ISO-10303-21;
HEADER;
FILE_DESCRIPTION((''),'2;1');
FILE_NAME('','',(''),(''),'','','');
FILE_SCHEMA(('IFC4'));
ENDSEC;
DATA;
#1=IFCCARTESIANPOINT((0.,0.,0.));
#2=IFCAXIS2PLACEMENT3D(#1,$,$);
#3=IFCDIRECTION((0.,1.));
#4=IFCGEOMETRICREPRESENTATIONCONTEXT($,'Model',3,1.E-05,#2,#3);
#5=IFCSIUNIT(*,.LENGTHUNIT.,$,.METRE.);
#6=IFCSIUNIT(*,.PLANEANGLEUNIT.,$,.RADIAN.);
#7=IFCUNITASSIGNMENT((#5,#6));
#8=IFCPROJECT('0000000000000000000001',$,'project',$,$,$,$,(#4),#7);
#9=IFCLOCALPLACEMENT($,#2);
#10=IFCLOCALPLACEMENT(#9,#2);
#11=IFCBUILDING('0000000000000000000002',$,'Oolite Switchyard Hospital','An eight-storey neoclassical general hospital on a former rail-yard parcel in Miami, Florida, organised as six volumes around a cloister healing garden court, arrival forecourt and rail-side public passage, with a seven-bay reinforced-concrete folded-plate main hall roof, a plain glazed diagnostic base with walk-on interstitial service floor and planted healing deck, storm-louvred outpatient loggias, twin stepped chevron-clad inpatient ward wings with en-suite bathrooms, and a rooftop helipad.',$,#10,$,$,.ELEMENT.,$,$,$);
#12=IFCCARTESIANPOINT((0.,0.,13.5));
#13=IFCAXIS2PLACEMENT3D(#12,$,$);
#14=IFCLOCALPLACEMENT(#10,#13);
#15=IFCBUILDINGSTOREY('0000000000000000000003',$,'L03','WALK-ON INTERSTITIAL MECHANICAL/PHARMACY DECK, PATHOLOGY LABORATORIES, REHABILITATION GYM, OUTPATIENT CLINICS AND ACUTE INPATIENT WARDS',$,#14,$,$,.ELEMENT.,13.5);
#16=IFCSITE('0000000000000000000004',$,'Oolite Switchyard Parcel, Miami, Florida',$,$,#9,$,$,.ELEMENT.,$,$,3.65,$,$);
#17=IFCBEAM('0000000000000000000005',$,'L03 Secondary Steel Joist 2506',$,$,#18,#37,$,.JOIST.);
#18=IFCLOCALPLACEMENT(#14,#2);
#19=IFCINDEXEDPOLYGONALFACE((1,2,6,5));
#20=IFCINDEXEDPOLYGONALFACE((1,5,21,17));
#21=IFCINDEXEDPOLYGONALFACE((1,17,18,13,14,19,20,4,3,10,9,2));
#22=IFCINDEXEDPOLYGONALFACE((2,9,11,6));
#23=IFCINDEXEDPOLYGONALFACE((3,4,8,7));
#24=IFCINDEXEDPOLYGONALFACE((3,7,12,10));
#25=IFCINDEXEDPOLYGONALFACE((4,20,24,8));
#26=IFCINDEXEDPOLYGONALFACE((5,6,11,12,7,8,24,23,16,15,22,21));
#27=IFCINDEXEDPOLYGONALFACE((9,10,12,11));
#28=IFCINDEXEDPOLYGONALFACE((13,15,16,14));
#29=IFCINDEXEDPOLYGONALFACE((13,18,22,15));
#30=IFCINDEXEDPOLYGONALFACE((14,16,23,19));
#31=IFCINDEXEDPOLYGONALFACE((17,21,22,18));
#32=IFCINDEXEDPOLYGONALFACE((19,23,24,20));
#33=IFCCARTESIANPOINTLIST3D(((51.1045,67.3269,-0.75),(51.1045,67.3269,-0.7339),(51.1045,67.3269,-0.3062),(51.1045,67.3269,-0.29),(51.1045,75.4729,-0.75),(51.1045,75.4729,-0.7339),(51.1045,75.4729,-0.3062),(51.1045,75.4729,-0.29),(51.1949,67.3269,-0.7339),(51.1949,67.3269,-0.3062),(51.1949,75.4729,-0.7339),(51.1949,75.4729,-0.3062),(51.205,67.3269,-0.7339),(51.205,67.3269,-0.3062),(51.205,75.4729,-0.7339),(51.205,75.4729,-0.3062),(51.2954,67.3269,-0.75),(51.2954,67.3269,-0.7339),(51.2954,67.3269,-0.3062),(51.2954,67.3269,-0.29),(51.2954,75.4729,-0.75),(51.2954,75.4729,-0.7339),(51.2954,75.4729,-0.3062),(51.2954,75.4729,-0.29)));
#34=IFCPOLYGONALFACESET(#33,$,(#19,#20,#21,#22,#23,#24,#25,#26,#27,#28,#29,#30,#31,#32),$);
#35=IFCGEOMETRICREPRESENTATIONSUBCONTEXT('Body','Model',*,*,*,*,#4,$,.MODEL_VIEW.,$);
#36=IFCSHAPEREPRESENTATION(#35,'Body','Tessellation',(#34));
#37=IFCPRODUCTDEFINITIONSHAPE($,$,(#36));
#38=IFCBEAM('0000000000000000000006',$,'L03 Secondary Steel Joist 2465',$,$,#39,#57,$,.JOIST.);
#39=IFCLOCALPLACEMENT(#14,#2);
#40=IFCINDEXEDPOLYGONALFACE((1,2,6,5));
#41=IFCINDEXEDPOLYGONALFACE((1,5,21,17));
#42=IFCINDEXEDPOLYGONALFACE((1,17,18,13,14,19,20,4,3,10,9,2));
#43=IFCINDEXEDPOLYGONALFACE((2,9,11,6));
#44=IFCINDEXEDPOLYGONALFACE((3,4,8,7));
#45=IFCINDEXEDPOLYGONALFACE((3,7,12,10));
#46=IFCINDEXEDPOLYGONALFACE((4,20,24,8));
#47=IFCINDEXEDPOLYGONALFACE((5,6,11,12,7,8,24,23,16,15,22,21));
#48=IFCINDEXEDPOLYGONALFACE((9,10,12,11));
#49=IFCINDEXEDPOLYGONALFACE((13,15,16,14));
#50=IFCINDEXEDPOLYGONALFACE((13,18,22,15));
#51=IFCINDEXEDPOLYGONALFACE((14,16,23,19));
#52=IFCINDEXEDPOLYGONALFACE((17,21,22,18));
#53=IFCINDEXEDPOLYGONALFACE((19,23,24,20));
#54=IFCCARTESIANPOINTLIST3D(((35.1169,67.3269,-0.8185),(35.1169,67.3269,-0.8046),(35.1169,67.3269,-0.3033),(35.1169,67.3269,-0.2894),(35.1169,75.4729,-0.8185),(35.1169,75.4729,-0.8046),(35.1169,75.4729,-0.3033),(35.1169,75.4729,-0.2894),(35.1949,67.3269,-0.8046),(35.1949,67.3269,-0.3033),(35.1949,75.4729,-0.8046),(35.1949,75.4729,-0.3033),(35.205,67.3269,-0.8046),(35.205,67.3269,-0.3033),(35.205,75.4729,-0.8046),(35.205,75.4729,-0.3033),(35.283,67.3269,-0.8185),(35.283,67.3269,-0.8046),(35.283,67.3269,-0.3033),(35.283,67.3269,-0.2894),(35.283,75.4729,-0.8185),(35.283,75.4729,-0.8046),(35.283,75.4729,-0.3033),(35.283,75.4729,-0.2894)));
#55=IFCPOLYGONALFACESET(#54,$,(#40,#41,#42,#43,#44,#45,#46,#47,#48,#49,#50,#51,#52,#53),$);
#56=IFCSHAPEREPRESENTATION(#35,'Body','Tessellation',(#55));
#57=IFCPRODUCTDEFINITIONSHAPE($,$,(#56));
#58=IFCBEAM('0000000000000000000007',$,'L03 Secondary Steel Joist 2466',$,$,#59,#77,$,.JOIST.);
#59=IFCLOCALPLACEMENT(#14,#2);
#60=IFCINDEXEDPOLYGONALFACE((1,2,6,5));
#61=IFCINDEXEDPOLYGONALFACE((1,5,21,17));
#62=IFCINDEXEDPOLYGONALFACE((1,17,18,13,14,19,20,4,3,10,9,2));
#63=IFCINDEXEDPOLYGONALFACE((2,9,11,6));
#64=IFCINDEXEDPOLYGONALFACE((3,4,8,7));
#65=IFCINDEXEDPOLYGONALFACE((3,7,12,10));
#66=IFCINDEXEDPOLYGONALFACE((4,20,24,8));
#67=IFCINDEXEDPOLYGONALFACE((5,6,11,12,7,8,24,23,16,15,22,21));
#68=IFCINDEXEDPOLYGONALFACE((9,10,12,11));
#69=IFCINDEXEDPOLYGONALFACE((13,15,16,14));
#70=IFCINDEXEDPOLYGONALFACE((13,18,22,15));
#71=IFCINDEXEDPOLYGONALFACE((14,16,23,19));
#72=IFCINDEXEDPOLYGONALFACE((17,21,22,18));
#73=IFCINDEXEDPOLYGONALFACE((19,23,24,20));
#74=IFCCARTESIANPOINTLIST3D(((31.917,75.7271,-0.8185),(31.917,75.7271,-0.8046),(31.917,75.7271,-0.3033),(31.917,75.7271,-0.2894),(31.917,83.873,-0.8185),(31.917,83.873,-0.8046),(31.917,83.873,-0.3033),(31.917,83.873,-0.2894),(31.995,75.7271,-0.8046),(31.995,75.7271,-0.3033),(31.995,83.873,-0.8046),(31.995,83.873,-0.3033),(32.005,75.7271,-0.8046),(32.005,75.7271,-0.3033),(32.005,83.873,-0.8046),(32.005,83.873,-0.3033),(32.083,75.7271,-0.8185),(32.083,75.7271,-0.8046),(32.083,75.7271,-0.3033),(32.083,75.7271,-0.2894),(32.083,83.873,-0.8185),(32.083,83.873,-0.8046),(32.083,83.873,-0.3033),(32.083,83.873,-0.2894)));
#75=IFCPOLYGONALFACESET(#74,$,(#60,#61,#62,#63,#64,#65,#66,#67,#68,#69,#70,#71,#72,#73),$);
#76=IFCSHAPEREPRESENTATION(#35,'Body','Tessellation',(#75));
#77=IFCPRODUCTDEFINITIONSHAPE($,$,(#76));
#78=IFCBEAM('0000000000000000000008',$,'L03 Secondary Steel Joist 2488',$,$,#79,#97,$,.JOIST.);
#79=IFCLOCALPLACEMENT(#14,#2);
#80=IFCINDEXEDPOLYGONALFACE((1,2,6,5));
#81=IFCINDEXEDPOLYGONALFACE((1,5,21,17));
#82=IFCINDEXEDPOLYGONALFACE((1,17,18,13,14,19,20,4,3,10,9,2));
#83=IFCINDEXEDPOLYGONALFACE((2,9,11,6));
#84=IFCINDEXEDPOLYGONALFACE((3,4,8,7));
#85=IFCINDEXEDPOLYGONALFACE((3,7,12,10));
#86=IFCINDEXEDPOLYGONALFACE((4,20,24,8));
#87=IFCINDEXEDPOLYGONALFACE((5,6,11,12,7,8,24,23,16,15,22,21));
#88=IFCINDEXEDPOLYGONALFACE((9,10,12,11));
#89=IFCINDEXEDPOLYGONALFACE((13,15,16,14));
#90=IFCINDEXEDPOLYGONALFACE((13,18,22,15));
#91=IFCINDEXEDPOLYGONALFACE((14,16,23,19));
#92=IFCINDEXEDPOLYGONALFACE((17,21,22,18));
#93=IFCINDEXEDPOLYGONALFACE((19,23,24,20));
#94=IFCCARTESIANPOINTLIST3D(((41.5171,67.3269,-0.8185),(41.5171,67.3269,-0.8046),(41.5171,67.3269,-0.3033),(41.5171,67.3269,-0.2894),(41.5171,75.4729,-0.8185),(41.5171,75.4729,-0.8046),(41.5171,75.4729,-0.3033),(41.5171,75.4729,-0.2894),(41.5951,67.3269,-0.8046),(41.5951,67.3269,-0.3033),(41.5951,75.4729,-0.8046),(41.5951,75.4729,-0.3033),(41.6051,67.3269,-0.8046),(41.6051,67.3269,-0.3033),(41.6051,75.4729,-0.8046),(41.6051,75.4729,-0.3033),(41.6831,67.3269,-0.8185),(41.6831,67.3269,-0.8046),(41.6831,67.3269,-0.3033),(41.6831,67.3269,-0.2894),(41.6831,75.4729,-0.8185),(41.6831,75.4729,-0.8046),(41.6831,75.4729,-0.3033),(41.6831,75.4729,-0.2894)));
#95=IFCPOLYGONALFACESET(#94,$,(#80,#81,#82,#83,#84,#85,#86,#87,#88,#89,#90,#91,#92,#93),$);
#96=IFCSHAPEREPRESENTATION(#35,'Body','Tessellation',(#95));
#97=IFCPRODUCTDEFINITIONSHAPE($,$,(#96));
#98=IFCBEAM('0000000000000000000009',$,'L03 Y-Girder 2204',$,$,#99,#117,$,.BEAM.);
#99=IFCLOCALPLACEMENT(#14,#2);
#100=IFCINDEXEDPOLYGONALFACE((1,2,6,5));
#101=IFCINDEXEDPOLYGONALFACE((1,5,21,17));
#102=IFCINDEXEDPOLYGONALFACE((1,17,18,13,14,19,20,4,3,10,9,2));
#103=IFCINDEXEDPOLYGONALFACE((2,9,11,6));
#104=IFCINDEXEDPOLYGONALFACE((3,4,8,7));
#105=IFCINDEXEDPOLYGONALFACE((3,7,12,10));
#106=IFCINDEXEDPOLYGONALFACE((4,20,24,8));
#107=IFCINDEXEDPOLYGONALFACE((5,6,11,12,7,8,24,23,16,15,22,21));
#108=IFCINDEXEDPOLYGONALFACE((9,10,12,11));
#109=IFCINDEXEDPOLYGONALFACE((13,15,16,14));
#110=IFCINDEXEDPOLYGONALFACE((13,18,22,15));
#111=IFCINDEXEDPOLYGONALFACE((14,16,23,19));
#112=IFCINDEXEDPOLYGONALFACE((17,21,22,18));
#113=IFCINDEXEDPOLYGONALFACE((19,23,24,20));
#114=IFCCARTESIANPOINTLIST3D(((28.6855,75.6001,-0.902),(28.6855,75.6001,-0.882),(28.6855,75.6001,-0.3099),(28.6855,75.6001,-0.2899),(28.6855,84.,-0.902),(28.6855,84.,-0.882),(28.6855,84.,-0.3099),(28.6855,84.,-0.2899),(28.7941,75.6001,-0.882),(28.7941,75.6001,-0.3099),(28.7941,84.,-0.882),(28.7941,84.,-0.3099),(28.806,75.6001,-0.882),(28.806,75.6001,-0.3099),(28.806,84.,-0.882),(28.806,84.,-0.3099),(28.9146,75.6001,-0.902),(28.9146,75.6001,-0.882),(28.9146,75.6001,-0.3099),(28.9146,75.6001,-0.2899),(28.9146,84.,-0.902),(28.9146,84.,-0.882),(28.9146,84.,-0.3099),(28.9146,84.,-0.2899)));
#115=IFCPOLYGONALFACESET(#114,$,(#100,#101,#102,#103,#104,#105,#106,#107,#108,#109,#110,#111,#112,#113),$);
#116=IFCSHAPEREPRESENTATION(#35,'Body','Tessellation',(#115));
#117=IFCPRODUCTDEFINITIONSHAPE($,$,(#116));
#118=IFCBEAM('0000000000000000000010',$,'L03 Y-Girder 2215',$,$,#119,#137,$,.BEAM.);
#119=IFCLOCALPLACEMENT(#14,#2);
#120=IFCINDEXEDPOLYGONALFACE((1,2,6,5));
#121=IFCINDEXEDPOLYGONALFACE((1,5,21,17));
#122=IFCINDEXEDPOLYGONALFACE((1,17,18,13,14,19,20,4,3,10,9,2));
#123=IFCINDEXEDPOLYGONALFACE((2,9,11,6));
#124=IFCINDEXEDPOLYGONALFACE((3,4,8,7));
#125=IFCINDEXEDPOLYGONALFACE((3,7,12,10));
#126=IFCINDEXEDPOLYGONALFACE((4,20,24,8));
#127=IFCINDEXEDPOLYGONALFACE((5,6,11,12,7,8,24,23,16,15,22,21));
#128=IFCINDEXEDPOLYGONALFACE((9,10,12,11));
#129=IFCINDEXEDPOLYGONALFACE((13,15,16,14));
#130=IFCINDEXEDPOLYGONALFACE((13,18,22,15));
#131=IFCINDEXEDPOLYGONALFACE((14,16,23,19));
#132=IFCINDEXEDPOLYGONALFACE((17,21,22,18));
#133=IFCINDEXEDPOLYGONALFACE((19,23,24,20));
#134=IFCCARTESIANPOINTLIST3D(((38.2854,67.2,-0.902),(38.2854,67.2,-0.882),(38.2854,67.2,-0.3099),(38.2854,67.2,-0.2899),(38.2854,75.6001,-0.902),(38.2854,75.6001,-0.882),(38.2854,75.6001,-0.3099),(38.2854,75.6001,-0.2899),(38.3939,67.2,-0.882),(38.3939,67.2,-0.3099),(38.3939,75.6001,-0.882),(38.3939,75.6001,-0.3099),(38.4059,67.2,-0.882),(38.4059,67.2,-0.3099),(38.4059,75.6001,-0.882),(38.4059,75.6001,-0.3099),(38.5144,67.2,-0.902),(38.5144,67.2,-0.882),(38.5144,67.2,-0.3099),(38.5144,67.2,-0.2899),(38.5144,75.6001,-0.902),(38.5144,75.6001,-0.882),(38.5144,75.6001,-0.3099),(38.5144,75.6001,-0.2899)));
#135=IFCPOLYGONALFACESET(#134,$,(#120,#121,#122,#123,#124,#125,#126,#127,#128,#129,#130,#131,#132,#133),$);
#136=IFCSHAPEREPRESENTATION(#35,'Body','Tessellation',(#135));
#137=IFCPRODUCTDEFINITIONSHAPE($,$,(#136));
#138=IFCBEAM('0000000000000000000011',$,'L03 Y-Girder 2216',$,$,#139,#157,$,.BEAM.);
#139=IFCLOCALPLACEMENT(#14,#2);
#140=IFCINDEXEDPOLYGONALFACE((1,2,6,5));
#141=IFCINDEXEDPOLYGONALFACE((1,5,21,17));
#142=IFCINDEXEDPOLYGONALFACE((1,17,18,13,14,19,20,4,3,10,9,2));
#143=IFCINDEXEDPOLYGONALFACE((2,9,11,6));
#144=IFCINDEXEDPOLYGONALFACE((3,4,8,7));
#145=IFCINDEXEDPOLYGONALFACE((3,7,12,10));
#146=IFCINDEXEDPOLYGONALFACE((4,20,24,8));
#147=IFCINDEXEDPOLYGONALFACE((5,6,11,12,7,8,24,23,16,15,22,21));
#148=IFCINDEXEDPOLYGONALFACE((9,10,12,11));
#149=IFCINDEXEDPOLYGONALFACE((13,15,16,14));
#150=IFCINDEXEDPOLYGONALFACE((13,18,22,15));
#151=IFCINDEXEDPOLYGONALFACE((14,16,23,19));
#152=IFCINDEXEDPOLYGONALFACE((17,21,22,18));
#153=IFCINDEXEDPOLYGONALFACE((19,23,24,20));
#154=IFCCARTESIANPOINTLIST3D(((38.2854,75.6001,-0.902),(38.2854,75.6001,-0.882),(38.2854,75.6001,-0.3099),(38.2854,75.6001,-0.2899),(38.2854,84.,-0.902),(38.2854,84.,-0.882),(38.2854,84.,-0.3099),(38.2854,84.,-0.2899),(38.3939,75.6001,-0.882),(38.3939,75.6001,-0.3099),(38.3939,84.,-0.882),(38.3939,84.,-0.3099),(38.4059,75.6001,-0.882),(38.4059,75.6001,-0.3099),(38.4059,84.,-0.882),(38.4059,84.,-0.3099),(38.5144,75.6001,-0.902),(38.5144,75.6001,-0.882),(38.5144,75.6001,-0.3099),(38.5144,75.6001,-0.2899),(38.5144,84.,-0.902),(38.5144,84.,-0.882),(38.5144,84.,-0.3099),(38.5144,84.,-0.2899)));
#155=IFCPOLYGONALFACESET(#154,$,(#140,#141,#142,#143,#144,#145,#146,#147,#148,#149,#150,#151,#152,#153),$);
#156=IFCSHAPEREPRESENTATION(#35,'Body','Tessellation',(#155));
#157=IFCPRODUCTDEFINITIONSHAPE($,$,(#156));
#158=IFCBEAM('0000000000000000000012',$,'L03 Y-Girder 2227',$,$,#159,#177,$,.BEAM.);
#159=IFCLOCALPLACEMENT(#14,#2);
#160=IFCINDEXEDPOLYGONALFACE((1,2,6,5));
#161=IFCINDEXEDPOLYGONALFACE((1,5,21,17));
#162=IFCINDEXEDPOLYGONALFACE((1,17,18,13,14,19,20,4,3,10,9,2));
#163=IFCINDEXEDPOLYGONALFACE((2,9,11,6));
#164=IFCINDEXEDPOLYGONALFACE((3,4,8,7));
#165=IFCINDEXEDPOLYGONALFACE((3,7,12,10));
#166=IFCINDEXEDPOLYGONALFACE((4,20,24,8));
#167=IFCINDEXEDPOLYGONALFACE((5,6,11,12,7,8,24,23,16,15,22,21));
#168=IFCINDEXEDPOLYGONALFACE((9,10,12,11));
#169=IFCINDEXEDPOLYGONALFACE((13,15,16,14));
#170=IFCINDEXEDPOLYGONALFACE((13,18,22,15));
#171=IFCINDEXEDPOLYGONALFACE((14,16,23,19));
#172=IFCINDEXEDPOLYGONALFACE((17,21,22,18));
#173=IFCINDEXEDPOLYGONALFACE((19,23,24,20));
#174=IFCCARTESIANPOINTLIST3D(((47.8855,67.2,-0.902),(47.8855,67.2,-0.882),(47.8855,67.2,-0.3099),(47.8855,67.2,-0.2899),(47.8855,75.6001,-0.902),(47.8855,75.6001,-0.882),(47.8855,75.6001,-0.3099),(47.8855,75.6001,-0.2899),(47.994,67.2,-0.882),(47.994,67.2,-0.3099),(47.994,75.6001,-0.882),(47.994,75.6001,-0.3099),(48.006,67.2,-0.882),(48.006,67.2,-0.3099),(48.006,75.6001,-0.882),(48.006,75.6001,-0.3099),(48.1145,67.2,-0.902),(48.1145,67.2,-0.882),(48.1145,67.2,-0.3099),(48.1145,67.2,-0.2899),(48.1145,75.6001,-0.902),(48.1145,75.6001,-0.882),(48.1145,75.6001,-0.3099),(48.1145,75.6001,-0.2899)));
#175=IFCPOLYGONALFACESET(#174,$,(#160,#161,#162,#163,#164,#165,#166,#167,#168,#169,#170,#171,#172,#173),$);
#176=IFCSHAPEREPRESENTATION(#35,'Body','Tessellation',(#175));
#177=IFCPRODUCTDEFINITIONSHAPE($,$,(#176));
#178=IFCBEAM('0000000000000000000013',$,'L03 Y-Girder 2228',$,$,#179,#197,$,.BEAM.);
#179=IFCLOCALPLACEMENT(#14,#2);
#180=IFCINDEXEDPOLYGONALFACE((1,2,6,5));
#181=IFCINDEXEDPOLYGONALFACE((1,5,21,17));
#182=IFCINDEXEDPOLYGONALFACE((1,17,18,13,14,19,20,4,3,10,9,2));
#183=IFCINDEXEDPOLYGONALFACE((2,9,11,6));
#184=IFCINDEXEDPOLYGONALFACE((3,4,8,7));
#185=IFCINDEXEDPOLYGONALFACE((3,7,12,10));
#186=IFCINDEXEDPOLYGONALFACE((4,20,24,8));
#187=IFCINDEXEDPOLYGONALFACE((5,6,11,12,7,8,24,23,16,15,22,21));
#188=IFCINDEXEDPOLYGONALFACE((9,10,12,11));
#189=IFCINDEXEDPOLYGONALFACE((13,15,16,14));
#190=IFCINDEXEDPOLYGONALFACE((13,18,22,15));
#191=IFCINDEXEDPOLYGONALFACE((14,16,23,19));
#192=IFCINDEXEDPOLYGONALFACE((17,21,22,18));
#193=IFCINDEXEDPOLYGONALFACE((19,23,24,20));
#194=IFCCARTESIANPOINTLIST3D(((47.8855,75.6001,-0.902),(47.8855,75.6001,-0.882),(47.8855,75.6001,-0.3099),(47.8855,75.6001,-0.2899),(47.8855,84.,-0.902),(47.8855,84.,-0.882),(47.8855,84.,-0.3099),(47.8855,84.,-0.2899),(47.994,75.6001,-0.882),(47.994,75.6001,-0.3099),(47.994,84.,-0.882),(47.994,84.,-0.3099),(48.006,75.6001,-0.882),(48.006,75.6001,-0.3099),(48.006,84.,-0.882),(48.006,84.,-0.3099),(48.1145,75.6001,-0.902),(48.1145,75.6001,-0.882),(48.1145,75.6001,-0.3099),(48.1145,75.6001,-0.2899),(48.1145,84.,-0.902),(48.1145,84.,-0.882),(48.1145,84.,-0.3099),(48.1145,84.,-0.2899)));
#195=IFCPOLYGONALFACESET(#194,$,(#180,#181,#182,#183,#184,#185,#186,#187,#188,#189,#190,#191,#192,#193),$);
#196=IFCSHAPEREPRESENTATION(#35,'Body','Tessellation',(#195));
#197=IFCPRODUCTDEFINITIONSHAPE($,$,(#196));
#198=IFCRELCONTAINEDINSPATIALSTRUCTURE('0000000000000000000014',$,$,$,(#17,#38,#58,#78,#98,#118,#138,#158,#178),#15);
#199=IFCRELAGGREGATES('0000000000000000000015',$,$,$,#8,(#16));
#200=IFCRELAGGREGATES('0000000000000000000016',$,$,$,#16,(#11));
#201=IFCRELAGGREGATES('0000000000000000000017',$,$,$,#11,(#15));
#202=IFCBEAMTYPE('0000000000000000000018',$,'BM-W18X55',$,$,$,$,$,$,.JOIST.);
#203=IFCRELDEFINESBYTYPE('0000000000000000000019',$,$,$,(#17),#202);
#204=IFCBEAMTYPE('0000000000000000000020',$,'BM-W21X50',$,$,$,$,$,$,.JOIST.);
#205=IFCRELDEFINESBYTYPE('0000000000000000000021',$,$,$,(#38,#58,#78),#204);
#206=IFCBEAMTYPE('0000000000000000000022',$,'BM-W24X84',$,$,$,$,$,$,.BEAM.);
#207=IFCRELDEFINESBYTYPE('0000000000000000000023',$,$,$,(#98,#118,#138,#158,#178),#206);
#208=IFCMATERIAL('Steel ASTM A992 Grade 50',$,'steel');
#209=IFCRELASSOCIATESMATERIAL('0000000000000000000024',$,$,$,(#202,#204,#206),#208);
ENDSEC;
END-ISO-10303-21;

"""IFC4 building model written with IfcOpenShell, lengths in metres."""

from ifc_helpers import new_model, si_unit, direction, frame, origin, origin_2d, place, context, subcontext, project, spatial, i_section, extrude, material, material_profile, profile_set, type_object, element, save


model = new_model("IFC4")

# Units and contexts
model_context = context("Model", 3, precision=1e-05, world=origin(), true_north=direction((0.0, 1.0)))
body_context = subcontext(model_context, "Body", "Model", "MODEL_VIEW")
ifc_project = project(units=[si_unit("LENGTHUNIT", "METRE"), si_unit("PLANEANGLEUNIT", "RADIAN")], contexts=[model_context])

# Site, building, storey
site_placement = place(None, origin())
site = spatial("IfcSite", under=ifc_project, at=site_placement, Name="Oolite Switchyard Parcel, Miami, Florida", CompositionType="ELEMENT", RefElevation=3.65)
building_placement = place(site_placement, origin())
building = spatial("IfcBuilding", under=site, at=building_placement, Name="Oolite Switchyard Hospital", Description="An eight-storey neoclassical general hospital on a former rail-yard parcel in Miami, Florida, organised as six volumes around a cloister healing garden court, arrival forecourt and rail-side public passage, with a seven-bay reinforced-concrete folded-plate main hall roof, a plain glazed diagnostic base with walk-on interstitial service floor and planted healing deck, storm-louvred outpatient loggias, twin stepped chevron-clad inpatient ward wings with en-suite bathrooms, and a rooftop helipad.", CompositionType="ELEMENT")
storey_placement = place(building_placement, frame((0.0, 0.0, 13.5)))
storey = spatial("IfcBuildingStorey", under=building, at=storey_placement, Name="L03", Description="WALK-ON INTERSTITIAL MECHANICAL/PHARMACY DECK, PATHOLOGY LABORATORIES, REHABILITATION GYM, OUTPATIENT CLINICS AND ACUTE INPATIENT WARDS", CompositionType="ELEMENT", Elevation=13.5)

# Beams
ifc_material_1 = material(Name="Steel ASTM A992 Grade 50", Category="steel")
ifc_material_profile_1 = material_profile(ifc_material_1, i_section(OverallWidth=0.1909, OverallDepth=0.46, WebThickness=0.01, FlangeThickness=0.0161, at=origin_2d()), Name="W18X55")
ifc_profile_set_1 = profile_set([ifc_material_profile_1], Name="Steel ASTM A992 Grade 50")
beam_type_1 = type_object("IfcBeamType", Name="BM-W18X55", PredefinedType="JOIST", material=ifc_profile_set_1)
for number, where, z_axis, x_axis, name in (
    (1, (51.2, 67.3269, -0.52), (0.0, 1.0, 0.0), (-1.0, 0.0, 0.0), "L03 Secondary Steel Joist 2506"),
):
    element("IfcBeam", number, at=place(storey_placement, frame(where, z_axis=z_axis, x_axis=x_axis)), inside=storey, type_object=beam_type_1, Name=name, PredefinedType="JOIST", context=body_context, shape_type="SweptSolid", body=[
        extrude(i_section(OverallWidth=0.1909, OverallDepth=0.46, WebThickness=0.01, FlangeThickness=0.0161, at=origin_2d()), origin(), (0.0, 0.0, 1.0), 8.146),
    ])
ifc_material_profile_2 = material_profile(ifc_material_1, i_section(OverallWidth=0.166, OverallDepth=0.5291, WebThickness=0.01, FlangeThickness=0.0139, at=origin_2d()), Name="W21X50")
ifc_profile_set_2 = profile_set([ifc_material_profile_2], Name="Steel ASTM A992 Grade 50")
beam_type_2 = type_object("IfcBeamType", Name="BM-W21X50", PredefinedType="JOIST", material=ifc_profile_set_2)
for number, where, z_axis, x_axis, name in (
    (2, (35.2, 67.3269, -0.554), (0.0, 1.0, 0.0), (-1.0, 0.0, 0.0), "L03 Secondary Steel Joist 2465"),
    (3, (32.0, 75.7271, -0.554), (0.0, 1.0, 0.0), (-1.0, 0.0, 0.0), "L03 Secondary Steel Joist 2466"),
    (4, (41.6001, 67.3269, -0.554), (0.0, 1.0, 0.0), (-1.0, 0.0, 0.0), "L03 Secondary Steel Joist 2488"),
):
    element("IfcBeam", number, at=place(storey_placement, frame(where, z_axis=z_axis, x_axis=x_axis)), inside=storey, type_object=beam_type_2, Name=name, PredefinedType="JOIST", context=body_context, shape_type="SweptSolid", body=[
        extrude(i_section(OverallWidth=0.166, OverallDepth=0.5291, WebThickness=0.01, FlangeThickness=0.0139, at=origin_2d()), origin(), (0.0, 0.0, 1.0), 8.146),
    ])
ifc_material_profile_3 = material_profile(ifc_material_1, i_section(OverallWidth=0.229, OverallDepth=0.6121, WebThickness=0.012, FlangeThickness=0.02, at=origin_2d()), Name="W24X84")
ifc_profile_set_3 = profile_set([ifc_material_profile_3], Name="Steel ASTM A992 Grade 50")
beam_type_3 = type_object("IfcBeamType", Name="BM-W24X84", PredefinedType="BEAM", material=ifc_profile_set_3)
beam_1_placement = place(storey_placement, frame((28.8, 75.6001, -0.5959), z_axis=(0.0, 1.0, 0.0), x_axis=(-1.0, 0.0, 0.0)))
element("IfcBeam", 5, at=beam_1_placement, inside=storey, type_object=beam_type_3, Name="L03 Y-Girder 2204", PredefinedType="BEAM", context=body_context, shape_type="SweptSolid", body=[
    extrude(i_section(OverallWidth=0.229, OverallDepth=0.6121, WebThickness=0.012, FlangeThickness=0.02, at=origin_2d()), origin(), (0.0, 0.0, 1.0), 8.3999),
])
beam_2_placement = place(storey_placement, frame((38.3999, 67.2, -0.5959), z_axis=(0.0, 1.0, 0.0), x_axis=(-1.0, 0.0, 0.0)))
element("IfcBeam", 6, at=beam_2_placement, inside=storey, type_object=beam_type_3, Name="L03 Y-Girder 2215", PredefinedType="BEAM", context=body_context, shape_type="SweptSolid", body=[
    extrude(i_section(OverallWidth=0.229, OverallDepth=0.6121, WebThickness=0.012, FlangeThickness=0.02, at=origin_2d()), origin(), (0.0, 0.0, 1.0), 8.4001),
])
beam_3_placement = place(storey_placement, frame((38.3999, 75.6001, -0.5959), z_axis=(0.0, 1.0, 0.0), x_axis=(-1.0, 0.0, 0.0)))
element("IfcBeam", 7, at=beam_3_placement, inside=storey, type_object=beam_type_3, Name="L03 Y-Girder 2216", PredefinedType="BEAM", context=body_context, shape_type="SweptSolid", body=[
    extrude(i_section(OverallWidth=0.229, OverallDepth=0.6121, WebThickness=0.012, FlangeThickness=0.02, at=origin_2d()), origin(), (0.0, 0.0, 1.0), 8.3999),
])
beam_4_placement = place(storey_placement, frame((48.0, 67.2, -0.5959), z_axis=(0.0, 1.0, 0.0), x_axis=(-1.0, 0.0, 0.0)))
element("IfcBeam", 8, at=beam_4_placement, inside=storey, type_object=beam_type_3, Name="L03 Y-Girder 2227", PredefinedType="BEAM", context=body_context, shape_type="SweptSolid", body=[
    extrude(i_section(OverallWidth=0.229, OverallDepth=0.6121, WebThickness=0.012, FlangeThickness=0.02, at=origin_2d()), origin(), (0.0, 0.0, 1.0), 8.4001),
])
beam_5_placement = place(storey_placement, frame((48.0, 75.6001, -0.5959), z_axis=(0.0, 1.0, 0.0), x_axis=(-1.0, 0.0, 0.0)))
element("IfcBeam", 9, at=beam_5_placement, inside=storey, type_object=beam_type_3, Name="L03 Y-Girder 2228", PredefinedType="BEAM", context=body_context, shape_type="SweptSolid", body=[
    extrude(i_section(OverallWidth=0.229, OverallDepth=0.6121, WebThickness=0.012, FlangeThickness=0.02, at=origin_2d()), origin(), (0.0, 0.0, 1.0), 8.3999),
])

save(model, "model.ifc")
